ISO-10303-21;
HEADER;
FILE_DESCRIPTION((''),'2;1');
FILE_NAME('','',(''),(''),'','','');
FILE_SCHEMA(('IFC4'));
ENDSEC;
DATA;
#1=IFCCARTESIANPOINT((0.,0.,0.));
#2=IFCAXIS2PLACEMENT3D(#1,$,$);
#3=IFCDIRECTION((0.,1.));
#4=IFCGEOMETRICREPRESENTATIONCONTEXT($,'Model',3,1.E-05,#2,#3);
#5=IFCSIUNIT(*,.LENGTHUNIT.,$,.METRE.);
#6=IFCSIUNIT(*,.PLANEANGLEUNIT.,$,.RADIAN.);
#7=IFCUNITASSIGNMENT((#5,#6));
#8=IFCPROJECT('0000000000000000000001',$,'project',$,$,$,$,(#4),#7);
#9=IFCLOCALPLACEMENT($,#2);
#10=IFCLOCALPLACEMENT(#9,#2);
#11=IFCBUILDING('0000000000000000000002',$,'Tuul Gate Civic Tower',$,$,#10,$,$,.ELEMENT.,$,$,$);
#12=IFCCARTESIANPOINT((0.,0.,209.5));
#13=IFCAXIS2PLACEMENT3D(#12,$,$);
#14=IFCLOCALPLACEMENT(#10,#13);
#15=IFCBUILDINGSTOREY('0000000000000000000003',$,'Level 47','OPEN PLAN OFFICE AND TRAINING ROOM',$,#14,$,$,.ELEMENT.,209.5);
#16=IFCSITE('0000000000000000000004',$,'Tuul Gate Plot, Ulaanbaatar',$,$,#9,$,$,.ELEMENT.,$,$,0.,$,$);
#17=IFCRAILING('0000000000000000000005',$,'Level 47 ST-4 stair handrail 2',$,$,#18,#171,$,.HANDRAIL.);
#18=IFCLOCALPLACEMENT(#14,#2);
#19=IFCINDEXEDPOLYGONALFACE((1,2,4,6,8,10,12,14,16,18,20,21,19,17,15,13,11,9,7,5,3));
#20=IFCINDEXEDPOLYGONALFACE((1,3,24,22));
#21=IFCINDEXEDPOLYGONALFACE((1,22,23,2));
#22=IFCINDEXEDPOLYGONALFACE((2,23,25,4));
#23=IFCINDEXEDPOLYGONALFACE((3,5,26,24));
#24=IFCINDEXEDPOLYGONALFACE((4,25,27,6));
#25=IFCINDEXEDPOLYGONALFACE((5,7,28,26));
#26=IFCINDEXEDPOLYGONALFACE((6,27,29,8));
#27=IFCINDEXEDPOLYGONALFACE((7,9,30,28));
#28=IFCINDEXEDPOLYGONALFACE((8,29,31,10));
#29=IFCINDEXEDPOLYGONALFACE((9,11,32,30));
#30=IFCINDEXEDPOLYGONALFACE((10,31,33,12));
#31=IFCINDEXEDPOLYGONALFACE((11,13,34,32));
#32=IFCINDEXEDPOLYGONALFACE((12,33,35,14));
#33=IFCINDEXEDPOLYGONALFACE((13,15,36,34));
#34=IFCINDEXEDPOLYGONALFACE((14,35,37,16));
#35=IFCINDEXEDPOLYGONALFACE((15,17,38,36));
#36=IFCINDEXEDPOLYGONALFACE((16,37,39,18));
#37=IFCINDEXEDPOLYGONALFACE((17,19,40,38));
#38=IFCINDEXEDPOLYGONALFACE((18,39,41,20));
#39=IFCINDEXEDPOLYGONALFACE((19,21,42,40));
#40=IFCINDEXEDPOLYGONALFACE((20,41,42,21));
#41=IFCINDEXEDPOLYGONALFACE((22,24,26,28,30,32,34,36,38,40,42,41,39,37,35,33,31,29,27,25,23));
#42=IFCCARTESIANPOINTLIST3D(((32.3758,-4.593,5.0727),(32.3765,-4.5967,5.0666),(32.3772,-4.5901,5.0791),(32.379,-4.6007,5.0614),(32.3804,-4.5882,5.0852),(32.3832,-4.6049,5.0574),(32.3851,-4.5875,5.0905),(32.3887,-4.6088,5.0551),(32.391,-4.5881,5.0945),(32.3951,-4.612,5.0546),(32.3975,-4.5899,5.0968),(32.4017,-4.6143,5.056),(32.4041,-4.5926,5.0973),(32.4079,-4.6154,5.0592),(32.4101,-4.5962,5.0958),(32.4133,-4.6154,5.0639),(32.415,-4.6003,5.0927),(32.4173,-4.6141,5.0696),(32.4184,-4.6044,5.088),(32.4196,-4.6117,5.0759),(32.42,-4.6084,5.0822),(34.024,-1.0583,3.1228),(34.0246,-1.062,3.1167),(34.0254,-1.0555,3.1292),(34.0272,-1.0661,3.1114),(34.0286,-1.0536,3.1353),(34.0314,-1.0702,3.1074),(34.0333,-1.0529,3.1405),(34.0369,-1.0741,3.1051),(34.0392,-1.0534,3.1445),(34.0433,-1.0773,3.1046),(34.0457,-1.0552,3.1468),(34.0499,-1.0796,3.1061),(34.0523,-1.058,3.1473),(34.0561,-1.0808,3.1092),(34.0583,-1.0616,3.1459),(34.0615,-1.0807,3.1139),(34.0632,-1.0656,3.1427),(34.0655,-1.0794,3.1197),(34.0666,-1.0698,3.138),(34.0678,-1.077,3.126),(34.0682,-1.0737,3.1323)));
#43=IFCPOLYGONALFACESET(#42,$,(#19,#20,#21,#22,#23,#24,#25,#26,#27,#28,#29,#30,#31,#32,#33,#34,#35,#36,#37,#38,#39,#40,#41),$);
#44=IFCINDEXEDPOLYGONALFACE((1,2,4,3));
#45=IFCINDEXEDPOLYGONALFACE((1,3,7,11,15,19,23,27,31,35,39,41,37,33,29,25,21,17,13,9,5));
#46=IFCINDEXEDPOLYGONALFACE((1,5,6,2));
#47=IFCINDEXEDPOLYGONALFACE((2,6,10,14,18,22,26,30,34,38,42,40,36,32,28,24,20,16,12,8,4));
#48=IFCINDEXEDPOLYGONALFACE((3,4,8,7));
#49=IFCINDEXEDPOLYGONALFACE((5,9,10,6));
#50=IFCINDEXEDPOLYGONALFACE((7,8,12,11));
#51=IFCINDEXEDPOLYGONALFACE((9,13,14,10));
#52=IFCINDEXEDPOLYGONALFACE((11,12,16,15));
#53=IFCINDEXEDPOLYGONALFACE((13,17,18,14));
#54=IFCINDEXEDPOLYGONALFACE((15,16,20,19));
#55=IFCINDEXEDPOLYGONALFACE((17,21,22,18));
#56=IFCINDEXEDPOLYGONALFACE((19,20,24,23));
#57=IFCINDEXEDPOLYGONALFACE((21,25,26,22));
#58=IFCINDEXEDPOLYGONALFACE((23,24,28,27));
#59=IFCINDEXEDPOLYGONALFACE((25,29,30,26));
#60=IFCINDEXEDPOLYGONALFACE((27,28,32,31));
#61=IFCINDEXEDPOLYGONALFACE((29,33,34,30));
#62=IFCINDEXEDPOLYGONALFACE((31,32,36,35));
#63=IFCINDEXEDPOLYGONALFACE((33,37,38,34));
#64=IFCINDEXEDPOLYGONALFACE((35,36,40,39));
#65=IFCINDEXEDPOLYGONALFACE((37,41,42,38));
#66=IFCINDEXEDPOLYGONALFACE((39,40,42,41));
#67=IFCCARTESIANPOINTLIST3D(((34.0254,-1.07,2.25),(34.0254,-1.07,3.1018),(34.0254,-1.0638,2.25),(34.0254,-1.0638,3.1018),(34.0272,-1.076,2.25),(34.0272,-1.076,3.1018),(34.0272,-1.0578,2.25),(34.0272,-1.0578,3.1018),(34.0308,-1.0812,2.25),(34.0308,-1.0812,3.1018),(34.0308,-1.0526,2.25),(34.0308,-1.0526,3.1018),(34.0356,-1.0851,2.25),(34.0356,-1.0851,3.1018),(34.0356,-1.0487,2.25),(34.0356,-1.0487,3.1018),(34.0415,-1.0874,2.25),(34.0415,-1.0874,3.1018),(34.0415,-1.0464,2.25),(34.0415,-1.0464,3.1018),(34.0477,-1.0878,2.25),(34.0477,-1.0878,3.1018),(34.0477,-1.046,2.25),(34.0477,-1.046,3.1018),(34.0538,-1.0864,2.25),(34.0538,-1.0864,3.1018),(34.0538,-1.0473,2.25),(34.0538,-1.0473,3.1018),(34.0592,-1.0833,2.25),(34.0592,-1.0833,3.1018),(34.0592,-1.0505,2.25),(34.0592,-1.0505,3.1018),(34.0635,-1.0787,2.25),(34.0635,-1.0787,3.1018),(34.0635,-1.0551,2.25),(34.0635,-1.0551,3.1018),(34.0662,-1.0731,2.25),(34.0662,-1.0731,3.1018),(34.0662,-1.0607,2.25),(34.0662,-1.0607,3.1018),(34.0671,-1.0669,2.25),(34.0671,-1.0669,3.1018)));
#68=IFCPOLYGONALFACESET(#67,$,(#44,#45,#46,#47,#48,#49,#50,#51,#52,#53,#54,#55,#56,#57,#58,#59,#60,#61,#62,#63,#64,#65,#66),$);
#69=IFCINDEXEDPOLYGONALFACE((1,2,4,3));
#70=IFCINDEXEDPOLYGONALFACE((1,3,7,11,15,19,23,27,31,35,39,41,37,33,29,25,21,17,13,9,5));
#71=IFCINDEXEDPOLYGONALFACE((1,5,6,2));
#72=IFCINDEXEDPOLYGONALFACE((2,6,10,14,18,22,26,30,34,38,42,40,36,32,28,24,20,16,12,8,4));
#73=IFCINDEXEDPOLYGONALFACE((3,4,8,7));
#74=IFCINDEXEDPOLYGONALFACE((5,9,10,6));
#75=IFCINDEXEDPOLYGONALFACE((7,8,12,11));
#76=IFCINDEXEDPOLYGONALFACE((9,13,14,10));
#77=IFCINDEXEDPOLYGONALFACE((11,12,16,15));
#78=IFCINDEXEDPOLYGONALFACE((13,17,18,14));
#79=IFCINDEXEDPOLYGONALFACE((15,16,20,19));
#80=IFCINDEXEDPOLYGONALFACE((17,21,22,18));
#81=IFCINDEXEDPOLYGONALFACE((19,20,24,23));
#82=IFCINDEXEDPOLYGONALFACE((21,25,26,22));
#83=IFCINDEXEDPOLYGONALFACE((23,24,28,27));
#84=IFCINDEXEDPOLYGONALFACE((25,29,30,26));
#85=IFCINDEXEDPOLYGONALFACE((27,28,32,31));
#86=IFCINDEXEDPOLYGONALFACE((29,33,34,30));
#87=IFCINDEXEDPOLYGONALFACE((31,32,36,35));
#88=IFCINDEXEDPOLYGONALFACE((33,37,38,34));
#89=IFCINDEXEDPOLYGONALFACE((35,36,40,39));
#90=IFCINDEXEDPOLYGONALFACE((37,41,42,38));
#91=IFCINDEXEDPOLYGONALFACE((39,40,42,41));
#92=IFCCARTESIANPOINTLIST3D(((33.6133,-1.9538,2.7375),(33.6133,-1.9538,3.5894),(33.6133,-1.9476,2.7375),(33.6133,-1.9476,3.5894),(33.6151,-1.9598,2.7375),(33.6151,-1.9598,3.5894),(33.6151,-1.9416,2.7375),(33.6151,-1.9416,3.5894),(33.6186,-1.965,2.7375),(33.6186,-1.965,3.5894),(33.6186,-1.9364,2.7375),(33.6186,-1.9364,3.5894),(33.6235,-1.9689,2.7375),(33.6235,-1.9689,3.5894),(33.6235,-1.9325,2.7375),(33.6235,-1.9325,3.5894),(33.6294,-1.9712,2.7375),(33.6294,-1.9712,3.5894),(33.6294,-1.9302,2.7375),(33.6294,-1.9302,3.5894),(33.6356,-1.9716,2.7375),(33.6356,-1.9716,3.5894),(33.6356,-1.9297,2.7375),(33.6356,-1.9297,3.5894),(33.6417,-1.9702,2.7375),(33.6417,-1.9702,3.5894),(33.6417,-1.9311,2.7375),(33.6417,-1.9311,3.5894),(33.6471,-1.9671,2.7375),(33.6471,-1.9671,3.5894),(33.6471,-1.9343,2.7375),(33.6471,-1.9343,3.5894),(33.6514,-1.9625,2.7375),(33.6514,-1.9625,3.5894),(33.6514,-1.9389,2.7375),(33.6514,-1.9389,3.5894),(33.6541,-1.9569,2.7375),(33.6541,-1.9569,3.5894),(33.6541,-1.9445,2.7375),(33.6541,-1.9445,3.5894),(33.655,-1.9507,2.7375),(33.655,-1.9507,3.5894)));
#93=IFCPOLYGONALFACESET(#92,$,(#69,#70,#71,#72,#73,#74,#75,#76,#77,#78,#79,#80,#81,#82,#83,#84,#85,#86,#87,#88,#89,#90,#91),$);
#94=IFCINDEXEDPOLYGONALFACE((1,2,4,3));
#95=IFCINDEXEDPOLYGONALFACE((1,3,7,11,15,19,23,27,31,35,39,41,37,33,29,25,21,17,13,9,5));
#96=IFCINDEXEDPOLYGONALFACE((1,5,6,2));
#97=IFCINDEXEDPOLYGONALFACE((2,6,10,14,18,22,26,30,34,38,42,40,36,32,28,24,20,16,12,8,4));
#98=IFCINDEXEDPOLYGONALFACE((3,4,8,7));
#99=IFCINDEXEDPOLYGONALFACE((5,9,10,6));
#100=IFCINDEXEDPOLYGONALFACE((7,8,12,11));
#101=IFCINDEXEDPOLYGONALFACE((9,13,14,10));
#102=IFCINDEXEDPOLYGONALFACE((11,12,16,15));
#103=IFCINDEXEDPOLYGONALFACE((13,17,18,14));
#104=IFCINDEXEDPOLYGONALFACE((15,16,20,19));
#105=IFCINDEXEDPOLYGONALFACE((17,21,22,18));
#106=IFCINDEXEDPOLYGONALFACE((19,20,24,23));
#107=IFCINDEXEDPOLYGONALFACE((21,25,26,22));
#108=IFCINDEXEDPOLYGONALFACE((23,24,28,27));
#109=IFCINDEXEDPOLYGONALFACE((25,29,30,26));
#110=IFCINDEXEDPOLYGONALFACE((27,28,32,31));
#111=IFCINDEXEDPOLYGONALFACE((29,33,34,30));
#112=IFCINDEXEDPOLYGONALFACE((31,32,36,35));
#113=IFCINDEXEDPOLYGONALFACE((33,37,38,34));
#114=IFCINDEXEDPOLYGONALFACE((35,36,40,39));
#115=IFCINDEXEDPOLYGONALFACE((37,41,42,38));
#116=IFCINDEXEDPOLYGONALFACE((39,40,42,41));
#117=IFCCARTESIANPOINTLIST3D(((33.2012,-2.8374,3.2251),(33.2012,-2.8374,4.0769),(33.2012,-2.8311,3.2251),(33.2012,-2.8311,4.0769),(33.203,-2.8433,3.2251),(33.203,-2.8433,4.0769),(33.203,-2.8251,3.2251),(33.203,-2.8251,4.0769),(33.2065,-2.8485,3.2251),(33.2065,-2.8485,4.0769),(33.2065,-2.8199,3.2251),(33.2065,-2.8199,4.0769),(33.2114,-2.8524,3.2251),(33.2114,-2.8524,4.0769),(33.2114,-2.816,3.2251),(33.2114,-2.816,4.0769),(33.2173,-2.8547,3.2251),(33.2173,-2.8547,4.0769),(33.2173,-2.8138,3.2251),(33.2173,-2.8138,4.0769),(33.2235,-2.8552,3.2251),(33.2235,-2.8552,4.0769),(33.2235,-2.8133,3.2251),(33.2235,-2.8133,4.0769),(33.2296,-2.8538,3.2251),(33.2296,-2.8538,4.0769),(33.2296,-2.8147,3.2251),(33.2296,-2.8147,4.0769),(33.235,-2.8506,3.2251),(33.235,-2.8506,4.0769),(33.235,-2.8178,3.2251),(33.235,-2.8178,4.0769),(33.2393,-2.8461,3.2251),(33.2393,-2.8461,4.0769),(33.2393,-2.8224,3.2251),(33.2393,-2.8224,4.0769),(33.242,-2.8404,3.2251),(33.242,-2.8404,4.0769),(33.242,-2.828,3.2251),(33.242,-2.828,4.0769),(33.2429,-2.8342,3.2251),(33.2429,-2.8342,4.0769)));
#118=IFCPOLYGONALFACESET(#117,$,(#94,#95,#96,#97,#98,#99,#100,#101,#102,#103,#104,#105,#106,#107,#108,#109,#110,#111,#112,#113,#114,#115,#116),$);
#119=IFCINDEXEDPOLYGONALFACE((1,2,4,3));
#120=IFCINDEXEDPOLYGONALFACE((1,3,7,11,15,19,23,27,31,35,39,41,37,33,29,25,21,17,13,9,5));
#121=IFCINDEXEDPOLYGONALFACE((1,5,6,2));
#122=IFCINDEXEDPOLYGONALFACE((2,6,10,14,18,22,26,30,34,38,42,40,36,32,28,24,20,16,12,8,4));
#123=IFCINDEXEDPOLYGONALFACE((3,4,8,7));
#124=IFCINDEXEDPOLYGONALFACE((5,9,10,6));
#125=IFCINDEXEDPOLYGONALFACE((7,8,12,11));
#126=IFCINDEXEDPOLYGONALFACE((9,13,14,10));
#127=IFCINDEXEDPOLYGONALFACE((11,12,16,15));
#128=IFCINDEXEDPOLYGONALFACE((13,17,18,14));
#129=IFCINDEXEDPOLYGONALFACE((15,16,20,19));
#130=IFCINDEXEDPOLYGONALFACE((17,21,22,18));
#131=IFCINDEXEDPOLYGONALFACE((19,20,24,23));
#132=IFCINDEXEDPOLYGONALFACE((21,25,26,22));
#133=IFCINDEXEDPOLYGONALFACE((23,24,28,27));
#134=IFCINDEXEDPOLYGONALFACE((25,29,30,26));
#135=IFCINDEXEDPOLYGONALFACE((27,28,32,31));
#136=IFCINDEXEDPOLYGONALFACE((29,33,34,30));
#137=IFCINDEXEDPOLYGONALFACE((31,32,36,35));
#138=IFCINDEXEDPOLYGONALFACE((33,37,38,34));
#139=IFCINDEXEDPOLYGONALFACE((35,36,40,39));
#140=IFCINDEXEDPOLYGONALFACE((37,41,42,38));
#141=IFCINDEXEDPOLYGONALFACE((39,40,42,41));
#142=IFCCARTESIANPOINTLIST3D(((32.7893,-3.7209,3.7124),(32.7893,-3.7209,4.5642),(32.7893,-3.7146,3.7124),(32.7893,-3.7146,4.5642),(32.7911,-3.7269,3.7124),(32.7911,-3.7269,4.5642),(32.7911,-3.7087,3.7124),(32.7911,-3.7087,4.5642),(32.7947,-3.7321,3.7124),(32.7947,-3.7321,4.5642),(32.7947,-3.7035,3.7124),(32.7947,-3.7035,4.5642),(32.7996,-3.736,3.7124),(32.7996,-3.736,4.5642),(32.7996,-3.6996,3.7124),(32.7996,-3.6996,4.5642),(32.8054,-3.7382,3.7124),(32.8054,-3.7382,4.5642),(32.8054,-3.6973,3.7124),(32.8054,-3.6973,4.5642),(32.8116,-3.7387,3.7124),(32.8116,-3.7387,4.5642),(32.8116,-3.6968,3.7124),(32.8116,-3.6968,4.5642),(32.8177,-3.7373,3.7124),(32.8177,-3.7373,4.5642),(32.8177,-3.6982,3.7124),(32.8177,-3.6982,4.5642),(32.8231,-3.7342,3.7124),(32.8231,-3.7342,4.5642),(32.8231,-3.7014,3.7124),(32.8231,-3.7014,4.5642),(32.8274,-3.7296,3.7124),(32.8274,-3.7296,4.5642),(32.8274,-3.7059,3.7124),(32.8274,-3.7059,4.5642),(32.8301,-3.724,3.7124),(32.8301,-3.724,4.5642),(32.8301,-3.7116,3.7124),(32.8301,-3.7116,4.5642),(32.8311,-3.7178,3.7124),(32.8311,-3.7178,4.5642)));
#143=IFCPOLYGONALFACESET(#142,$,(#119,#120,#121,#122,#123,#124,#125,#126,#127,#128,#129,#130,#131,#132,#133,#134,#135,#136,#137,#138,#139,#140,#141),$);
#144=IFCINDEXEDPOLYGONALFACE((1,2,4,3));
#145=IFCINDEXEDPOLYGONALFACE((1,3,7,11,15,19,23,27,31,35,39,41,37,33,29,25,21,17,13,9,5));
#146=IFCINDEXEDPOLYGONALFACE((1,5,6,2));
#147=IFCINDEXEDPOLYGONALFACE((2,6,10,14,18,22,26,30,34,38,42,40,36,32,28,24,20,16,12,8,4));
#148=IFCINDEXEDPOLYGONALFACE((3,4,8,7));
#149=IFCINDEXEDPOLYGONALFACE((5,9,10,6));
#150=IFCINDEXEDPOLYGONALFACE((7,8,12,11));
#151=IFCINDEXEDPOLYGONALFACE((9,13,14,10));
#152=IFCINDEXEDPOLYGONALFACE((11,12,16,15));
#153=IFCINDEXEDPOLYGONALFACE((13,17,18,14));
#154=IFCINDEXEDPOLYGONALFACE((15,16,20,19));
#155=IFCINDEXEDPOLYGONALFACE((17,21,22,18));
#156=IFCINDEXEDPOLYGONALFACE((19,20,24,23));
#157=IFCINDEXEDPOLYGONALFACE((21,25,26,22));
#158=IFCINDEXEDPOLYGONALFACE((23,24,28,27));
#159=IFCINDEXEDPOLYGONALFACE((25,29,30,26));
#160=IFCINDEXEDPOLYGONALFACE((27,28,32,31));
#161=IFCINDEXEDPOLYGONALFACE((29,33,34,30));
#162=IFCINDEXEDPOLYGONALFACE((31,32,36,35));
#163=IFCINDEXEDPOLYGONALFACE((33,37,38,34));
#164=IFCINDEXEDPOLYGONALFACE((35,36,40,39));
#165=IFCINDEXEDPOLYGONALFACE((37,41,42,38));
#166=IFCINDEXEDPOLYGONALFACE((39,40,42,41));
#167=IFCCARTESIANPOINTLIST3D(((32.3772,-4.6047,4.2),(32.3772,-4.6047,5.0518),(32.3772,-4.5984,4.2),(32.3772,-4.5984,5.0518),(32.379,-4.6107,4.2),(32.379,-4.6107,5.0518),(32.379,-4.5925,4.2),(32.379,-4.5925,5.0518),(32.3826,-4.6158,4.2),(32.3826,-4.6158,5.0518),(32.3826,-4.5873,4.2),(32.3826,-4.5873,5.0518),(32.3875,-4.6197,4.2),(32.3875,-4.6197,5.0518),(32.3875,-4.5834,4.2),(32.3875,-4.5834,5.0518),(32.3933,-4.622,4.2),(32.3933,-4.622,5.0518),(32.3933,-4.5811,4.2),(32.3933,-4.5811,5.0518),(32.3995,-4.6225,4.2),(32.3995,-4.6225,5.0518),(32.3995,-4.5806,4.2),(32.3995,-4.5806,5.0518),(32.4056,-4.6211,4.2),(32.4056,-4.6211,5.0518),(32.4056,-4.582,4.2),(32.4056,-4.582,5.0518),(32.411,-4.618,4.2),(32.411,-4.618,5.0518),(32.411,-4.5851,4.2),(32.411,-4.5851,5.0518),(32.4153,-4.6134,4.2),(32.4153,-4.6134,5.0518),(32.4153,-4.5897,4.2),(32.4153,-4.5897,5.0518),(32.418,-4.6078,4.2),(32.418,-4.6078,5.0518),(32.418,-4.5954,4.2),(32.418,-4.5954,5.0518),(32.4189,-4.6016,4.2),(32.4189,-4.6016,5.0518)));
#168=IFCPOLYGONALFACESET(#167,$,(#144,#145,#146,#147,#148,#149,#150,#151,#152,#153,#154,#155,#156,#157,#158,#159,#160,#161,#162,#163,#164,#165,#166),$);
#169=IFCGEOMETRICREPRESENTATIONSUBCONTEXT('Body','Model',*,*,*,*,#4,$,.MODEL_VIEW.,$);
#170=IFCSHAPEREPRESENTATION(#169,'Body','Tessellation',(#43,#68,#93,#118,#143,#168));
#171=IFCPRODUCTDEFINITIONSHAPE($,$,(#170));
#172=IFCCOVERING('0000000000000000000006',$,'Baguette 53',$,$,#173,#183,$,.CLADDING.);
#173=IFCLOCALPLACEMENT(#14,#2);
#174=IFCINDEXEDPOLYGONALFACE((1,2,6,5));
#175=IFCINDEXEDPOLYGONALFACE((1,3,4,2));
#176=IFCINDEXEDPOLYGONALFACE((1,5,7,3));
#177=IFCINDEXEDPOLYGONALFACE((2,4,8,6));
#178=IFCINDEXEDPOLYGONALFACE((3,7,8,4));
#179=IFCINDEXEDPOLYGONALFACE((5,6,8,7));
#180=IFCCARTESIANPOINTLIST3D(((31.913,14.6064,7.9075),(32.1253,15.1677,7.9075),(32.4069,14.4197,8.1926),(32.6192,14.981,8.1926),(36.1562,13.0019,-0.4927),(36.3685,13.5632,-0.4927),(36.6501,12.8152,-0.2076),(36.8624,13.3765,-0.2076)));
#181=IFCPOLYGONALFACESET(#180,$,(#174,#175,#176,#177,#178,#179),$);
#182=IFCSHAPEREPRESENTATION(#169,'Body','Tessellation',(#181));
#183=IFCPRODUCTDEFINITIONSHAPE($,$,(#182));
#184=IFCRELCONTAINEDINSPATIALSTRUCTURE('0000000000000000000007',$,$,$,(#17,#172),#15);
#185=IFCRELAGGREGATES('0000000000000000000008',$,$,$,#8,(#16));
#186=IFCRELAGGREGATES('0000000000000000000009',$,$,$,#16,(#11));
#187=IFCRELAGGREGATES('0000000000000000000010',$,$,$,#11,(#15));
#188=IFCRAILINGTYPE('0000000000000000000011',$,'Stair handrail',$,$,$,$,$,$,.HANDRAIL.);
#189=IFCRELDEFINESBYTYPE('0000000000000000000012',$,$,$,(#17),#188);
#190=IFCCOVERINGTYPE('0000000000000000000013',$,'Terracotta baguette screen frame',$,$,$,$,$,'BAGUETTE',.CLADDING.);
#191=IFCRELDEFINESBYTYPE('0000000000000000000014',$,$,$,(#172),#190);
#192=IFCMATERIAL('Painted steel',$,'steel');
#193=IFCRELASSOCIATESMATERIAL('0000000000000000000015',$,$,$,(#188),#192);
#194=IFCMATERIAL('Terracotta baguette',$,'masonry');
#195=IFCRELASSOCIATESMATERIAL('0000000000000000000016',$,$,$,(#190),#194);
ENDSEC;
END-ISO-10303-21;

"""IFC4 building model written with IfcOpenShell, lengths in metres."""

from ifc_helpers import new_model, si_unit, direction, frame, origin, origin_2d, place, context, subcontext, project, spatial, rectangle, circle, extrude, material, material_profile, profile_set, type_object, element, save


model = new_model("IFC4")

# Units and contexts
model_context = context("Model", 3, precision=1e-05, world=origin(), true_north=direction((0.0, 1.0)))
body_context = subcontext(model_context, "Body", "Model", "MODEL_VIEW")
ifc_project = project(units=[si_unit("LENGTHUNIT", "METRE"), si_unit("PLANEANGLEUNIT", "RADIAN")], contexts=[model_context])

# Site, building, storey
site_placement = place(None, origin())
site = spatial("IfcSite", under=ifc_project, at=site_placement, Name="Tuul Gate Plot, Ulaanbaatar", CompositionType="ELEMENT", RefElevation=0.0)
building_placement = place(site_placement, origin())
building = spatial("IfcBuilding", under=site, at=building_placement, Name="Tuul Gate Civic Tower", CompositionType="ELEMENT")
storey_placement = place(building_placement, frame((0.0, 0.0, 209.5)))
storey = spatial("IfcBuildingStorey", under=building, at=storey_placement, Name="Level 47", Description="OPEN PLAN OFFICE AND TRAINING ROOM", CompositionType="ELEMENT", Elevation=209.5)

# Railing
ifc_material_1 = material(Name="Painted steel", Category="steel")
railing_type = type_object("IfcRailingType", Name="Stair handrail", PredefinedType="HANDRAIL", material=ifc_material_1)
railing_placement = place(storey_placement, frame((34.0461, -1.0669, 2.25)))
element("IfcRailing", 1, at=railing_placement, inside=storey, type_object=railing_type, Name="Level 47 ST-4 stair handrail 2", PredefinedType="HANDRAIL", context=body_context, shape_type="SweptSolid", body=[
    extrude(circle(Radius=0.0239, at=origin_2d()), frame((0.0, 0.0, 0.876), z_axis=(-0.377995, -0.810637, 0.4472), x_axis=(0.906313, -0.422608, 0.0)), (0.0, 0.0, 1.0), 4.3604),
    extrude(circle(Radius=0.021, at=origin_2d()), origin(), (0.0, 0.0, 1.0), 0.8518),
    extrude(circle(Radius=0.021, at=origin_2d()), frame((-0.4121, -0.8838, 0.4875)), (0.0, 0.0, 1.0), 0.8518),
    extrude(circle(Radius=0.021, at=origin_2d()), frame((-0.8242, -1.7673, 0.9751)), (0.0, 0.0, 1.0), 0.8518),
    extrude(circle(Radius=0.021, at=origin_2d()), frame((-1.2361, -2.6509, 1.4624)), (0.0, 0.0, 1.0), 0.8518),
    extrude(circle(Radius=0.021, at=origin_2d()), frame((-1.6482, -3.5347, 1.95)), (0.0, 0.0, 1.0), 0.8518),
])

# Covering
ifc_material_2 = material(Name="Terracotta baguette", Category="masonry")
ifc_material_profile_1 = material_profile(ifc_material_2, rectangle(XDim=0.6001, YDim=0.6001, at=origin_2d()), Name="Terracotta baguette screen frame")
ifc_profile_set_1 = profile_set([ifc_material_profile_1], Name="Terracotta baguette")
covering_type = type_object("IfcCoveringType", Name="Terracotta baguette screen frame", ElementType="BAGUETTE", PredefinedType="CLADDING", material=ifc_profile_set_1)
covering_placement = place(storey_placement, frame((32.2661, 14.7937, 8.05), z_axis=(0.44446, -0.168066, -0.879892), x_axis=(0.353694, 0.935361, 0.0)))
element("IfcCovering", 2, at=covering_placement, inside=storey, type_object=covering_type, Name="Baguette 53", PredefinedType="CLADDING", context=body_context, shape_type="SweptSolid", body=[
    extrude(rectangle(XDim=0.6001, YDim=0.6001, at=origin_2d()), origin(), (0.0, 0.0, 1.0), 9.5469),
])

save(model, "model.ifc")
